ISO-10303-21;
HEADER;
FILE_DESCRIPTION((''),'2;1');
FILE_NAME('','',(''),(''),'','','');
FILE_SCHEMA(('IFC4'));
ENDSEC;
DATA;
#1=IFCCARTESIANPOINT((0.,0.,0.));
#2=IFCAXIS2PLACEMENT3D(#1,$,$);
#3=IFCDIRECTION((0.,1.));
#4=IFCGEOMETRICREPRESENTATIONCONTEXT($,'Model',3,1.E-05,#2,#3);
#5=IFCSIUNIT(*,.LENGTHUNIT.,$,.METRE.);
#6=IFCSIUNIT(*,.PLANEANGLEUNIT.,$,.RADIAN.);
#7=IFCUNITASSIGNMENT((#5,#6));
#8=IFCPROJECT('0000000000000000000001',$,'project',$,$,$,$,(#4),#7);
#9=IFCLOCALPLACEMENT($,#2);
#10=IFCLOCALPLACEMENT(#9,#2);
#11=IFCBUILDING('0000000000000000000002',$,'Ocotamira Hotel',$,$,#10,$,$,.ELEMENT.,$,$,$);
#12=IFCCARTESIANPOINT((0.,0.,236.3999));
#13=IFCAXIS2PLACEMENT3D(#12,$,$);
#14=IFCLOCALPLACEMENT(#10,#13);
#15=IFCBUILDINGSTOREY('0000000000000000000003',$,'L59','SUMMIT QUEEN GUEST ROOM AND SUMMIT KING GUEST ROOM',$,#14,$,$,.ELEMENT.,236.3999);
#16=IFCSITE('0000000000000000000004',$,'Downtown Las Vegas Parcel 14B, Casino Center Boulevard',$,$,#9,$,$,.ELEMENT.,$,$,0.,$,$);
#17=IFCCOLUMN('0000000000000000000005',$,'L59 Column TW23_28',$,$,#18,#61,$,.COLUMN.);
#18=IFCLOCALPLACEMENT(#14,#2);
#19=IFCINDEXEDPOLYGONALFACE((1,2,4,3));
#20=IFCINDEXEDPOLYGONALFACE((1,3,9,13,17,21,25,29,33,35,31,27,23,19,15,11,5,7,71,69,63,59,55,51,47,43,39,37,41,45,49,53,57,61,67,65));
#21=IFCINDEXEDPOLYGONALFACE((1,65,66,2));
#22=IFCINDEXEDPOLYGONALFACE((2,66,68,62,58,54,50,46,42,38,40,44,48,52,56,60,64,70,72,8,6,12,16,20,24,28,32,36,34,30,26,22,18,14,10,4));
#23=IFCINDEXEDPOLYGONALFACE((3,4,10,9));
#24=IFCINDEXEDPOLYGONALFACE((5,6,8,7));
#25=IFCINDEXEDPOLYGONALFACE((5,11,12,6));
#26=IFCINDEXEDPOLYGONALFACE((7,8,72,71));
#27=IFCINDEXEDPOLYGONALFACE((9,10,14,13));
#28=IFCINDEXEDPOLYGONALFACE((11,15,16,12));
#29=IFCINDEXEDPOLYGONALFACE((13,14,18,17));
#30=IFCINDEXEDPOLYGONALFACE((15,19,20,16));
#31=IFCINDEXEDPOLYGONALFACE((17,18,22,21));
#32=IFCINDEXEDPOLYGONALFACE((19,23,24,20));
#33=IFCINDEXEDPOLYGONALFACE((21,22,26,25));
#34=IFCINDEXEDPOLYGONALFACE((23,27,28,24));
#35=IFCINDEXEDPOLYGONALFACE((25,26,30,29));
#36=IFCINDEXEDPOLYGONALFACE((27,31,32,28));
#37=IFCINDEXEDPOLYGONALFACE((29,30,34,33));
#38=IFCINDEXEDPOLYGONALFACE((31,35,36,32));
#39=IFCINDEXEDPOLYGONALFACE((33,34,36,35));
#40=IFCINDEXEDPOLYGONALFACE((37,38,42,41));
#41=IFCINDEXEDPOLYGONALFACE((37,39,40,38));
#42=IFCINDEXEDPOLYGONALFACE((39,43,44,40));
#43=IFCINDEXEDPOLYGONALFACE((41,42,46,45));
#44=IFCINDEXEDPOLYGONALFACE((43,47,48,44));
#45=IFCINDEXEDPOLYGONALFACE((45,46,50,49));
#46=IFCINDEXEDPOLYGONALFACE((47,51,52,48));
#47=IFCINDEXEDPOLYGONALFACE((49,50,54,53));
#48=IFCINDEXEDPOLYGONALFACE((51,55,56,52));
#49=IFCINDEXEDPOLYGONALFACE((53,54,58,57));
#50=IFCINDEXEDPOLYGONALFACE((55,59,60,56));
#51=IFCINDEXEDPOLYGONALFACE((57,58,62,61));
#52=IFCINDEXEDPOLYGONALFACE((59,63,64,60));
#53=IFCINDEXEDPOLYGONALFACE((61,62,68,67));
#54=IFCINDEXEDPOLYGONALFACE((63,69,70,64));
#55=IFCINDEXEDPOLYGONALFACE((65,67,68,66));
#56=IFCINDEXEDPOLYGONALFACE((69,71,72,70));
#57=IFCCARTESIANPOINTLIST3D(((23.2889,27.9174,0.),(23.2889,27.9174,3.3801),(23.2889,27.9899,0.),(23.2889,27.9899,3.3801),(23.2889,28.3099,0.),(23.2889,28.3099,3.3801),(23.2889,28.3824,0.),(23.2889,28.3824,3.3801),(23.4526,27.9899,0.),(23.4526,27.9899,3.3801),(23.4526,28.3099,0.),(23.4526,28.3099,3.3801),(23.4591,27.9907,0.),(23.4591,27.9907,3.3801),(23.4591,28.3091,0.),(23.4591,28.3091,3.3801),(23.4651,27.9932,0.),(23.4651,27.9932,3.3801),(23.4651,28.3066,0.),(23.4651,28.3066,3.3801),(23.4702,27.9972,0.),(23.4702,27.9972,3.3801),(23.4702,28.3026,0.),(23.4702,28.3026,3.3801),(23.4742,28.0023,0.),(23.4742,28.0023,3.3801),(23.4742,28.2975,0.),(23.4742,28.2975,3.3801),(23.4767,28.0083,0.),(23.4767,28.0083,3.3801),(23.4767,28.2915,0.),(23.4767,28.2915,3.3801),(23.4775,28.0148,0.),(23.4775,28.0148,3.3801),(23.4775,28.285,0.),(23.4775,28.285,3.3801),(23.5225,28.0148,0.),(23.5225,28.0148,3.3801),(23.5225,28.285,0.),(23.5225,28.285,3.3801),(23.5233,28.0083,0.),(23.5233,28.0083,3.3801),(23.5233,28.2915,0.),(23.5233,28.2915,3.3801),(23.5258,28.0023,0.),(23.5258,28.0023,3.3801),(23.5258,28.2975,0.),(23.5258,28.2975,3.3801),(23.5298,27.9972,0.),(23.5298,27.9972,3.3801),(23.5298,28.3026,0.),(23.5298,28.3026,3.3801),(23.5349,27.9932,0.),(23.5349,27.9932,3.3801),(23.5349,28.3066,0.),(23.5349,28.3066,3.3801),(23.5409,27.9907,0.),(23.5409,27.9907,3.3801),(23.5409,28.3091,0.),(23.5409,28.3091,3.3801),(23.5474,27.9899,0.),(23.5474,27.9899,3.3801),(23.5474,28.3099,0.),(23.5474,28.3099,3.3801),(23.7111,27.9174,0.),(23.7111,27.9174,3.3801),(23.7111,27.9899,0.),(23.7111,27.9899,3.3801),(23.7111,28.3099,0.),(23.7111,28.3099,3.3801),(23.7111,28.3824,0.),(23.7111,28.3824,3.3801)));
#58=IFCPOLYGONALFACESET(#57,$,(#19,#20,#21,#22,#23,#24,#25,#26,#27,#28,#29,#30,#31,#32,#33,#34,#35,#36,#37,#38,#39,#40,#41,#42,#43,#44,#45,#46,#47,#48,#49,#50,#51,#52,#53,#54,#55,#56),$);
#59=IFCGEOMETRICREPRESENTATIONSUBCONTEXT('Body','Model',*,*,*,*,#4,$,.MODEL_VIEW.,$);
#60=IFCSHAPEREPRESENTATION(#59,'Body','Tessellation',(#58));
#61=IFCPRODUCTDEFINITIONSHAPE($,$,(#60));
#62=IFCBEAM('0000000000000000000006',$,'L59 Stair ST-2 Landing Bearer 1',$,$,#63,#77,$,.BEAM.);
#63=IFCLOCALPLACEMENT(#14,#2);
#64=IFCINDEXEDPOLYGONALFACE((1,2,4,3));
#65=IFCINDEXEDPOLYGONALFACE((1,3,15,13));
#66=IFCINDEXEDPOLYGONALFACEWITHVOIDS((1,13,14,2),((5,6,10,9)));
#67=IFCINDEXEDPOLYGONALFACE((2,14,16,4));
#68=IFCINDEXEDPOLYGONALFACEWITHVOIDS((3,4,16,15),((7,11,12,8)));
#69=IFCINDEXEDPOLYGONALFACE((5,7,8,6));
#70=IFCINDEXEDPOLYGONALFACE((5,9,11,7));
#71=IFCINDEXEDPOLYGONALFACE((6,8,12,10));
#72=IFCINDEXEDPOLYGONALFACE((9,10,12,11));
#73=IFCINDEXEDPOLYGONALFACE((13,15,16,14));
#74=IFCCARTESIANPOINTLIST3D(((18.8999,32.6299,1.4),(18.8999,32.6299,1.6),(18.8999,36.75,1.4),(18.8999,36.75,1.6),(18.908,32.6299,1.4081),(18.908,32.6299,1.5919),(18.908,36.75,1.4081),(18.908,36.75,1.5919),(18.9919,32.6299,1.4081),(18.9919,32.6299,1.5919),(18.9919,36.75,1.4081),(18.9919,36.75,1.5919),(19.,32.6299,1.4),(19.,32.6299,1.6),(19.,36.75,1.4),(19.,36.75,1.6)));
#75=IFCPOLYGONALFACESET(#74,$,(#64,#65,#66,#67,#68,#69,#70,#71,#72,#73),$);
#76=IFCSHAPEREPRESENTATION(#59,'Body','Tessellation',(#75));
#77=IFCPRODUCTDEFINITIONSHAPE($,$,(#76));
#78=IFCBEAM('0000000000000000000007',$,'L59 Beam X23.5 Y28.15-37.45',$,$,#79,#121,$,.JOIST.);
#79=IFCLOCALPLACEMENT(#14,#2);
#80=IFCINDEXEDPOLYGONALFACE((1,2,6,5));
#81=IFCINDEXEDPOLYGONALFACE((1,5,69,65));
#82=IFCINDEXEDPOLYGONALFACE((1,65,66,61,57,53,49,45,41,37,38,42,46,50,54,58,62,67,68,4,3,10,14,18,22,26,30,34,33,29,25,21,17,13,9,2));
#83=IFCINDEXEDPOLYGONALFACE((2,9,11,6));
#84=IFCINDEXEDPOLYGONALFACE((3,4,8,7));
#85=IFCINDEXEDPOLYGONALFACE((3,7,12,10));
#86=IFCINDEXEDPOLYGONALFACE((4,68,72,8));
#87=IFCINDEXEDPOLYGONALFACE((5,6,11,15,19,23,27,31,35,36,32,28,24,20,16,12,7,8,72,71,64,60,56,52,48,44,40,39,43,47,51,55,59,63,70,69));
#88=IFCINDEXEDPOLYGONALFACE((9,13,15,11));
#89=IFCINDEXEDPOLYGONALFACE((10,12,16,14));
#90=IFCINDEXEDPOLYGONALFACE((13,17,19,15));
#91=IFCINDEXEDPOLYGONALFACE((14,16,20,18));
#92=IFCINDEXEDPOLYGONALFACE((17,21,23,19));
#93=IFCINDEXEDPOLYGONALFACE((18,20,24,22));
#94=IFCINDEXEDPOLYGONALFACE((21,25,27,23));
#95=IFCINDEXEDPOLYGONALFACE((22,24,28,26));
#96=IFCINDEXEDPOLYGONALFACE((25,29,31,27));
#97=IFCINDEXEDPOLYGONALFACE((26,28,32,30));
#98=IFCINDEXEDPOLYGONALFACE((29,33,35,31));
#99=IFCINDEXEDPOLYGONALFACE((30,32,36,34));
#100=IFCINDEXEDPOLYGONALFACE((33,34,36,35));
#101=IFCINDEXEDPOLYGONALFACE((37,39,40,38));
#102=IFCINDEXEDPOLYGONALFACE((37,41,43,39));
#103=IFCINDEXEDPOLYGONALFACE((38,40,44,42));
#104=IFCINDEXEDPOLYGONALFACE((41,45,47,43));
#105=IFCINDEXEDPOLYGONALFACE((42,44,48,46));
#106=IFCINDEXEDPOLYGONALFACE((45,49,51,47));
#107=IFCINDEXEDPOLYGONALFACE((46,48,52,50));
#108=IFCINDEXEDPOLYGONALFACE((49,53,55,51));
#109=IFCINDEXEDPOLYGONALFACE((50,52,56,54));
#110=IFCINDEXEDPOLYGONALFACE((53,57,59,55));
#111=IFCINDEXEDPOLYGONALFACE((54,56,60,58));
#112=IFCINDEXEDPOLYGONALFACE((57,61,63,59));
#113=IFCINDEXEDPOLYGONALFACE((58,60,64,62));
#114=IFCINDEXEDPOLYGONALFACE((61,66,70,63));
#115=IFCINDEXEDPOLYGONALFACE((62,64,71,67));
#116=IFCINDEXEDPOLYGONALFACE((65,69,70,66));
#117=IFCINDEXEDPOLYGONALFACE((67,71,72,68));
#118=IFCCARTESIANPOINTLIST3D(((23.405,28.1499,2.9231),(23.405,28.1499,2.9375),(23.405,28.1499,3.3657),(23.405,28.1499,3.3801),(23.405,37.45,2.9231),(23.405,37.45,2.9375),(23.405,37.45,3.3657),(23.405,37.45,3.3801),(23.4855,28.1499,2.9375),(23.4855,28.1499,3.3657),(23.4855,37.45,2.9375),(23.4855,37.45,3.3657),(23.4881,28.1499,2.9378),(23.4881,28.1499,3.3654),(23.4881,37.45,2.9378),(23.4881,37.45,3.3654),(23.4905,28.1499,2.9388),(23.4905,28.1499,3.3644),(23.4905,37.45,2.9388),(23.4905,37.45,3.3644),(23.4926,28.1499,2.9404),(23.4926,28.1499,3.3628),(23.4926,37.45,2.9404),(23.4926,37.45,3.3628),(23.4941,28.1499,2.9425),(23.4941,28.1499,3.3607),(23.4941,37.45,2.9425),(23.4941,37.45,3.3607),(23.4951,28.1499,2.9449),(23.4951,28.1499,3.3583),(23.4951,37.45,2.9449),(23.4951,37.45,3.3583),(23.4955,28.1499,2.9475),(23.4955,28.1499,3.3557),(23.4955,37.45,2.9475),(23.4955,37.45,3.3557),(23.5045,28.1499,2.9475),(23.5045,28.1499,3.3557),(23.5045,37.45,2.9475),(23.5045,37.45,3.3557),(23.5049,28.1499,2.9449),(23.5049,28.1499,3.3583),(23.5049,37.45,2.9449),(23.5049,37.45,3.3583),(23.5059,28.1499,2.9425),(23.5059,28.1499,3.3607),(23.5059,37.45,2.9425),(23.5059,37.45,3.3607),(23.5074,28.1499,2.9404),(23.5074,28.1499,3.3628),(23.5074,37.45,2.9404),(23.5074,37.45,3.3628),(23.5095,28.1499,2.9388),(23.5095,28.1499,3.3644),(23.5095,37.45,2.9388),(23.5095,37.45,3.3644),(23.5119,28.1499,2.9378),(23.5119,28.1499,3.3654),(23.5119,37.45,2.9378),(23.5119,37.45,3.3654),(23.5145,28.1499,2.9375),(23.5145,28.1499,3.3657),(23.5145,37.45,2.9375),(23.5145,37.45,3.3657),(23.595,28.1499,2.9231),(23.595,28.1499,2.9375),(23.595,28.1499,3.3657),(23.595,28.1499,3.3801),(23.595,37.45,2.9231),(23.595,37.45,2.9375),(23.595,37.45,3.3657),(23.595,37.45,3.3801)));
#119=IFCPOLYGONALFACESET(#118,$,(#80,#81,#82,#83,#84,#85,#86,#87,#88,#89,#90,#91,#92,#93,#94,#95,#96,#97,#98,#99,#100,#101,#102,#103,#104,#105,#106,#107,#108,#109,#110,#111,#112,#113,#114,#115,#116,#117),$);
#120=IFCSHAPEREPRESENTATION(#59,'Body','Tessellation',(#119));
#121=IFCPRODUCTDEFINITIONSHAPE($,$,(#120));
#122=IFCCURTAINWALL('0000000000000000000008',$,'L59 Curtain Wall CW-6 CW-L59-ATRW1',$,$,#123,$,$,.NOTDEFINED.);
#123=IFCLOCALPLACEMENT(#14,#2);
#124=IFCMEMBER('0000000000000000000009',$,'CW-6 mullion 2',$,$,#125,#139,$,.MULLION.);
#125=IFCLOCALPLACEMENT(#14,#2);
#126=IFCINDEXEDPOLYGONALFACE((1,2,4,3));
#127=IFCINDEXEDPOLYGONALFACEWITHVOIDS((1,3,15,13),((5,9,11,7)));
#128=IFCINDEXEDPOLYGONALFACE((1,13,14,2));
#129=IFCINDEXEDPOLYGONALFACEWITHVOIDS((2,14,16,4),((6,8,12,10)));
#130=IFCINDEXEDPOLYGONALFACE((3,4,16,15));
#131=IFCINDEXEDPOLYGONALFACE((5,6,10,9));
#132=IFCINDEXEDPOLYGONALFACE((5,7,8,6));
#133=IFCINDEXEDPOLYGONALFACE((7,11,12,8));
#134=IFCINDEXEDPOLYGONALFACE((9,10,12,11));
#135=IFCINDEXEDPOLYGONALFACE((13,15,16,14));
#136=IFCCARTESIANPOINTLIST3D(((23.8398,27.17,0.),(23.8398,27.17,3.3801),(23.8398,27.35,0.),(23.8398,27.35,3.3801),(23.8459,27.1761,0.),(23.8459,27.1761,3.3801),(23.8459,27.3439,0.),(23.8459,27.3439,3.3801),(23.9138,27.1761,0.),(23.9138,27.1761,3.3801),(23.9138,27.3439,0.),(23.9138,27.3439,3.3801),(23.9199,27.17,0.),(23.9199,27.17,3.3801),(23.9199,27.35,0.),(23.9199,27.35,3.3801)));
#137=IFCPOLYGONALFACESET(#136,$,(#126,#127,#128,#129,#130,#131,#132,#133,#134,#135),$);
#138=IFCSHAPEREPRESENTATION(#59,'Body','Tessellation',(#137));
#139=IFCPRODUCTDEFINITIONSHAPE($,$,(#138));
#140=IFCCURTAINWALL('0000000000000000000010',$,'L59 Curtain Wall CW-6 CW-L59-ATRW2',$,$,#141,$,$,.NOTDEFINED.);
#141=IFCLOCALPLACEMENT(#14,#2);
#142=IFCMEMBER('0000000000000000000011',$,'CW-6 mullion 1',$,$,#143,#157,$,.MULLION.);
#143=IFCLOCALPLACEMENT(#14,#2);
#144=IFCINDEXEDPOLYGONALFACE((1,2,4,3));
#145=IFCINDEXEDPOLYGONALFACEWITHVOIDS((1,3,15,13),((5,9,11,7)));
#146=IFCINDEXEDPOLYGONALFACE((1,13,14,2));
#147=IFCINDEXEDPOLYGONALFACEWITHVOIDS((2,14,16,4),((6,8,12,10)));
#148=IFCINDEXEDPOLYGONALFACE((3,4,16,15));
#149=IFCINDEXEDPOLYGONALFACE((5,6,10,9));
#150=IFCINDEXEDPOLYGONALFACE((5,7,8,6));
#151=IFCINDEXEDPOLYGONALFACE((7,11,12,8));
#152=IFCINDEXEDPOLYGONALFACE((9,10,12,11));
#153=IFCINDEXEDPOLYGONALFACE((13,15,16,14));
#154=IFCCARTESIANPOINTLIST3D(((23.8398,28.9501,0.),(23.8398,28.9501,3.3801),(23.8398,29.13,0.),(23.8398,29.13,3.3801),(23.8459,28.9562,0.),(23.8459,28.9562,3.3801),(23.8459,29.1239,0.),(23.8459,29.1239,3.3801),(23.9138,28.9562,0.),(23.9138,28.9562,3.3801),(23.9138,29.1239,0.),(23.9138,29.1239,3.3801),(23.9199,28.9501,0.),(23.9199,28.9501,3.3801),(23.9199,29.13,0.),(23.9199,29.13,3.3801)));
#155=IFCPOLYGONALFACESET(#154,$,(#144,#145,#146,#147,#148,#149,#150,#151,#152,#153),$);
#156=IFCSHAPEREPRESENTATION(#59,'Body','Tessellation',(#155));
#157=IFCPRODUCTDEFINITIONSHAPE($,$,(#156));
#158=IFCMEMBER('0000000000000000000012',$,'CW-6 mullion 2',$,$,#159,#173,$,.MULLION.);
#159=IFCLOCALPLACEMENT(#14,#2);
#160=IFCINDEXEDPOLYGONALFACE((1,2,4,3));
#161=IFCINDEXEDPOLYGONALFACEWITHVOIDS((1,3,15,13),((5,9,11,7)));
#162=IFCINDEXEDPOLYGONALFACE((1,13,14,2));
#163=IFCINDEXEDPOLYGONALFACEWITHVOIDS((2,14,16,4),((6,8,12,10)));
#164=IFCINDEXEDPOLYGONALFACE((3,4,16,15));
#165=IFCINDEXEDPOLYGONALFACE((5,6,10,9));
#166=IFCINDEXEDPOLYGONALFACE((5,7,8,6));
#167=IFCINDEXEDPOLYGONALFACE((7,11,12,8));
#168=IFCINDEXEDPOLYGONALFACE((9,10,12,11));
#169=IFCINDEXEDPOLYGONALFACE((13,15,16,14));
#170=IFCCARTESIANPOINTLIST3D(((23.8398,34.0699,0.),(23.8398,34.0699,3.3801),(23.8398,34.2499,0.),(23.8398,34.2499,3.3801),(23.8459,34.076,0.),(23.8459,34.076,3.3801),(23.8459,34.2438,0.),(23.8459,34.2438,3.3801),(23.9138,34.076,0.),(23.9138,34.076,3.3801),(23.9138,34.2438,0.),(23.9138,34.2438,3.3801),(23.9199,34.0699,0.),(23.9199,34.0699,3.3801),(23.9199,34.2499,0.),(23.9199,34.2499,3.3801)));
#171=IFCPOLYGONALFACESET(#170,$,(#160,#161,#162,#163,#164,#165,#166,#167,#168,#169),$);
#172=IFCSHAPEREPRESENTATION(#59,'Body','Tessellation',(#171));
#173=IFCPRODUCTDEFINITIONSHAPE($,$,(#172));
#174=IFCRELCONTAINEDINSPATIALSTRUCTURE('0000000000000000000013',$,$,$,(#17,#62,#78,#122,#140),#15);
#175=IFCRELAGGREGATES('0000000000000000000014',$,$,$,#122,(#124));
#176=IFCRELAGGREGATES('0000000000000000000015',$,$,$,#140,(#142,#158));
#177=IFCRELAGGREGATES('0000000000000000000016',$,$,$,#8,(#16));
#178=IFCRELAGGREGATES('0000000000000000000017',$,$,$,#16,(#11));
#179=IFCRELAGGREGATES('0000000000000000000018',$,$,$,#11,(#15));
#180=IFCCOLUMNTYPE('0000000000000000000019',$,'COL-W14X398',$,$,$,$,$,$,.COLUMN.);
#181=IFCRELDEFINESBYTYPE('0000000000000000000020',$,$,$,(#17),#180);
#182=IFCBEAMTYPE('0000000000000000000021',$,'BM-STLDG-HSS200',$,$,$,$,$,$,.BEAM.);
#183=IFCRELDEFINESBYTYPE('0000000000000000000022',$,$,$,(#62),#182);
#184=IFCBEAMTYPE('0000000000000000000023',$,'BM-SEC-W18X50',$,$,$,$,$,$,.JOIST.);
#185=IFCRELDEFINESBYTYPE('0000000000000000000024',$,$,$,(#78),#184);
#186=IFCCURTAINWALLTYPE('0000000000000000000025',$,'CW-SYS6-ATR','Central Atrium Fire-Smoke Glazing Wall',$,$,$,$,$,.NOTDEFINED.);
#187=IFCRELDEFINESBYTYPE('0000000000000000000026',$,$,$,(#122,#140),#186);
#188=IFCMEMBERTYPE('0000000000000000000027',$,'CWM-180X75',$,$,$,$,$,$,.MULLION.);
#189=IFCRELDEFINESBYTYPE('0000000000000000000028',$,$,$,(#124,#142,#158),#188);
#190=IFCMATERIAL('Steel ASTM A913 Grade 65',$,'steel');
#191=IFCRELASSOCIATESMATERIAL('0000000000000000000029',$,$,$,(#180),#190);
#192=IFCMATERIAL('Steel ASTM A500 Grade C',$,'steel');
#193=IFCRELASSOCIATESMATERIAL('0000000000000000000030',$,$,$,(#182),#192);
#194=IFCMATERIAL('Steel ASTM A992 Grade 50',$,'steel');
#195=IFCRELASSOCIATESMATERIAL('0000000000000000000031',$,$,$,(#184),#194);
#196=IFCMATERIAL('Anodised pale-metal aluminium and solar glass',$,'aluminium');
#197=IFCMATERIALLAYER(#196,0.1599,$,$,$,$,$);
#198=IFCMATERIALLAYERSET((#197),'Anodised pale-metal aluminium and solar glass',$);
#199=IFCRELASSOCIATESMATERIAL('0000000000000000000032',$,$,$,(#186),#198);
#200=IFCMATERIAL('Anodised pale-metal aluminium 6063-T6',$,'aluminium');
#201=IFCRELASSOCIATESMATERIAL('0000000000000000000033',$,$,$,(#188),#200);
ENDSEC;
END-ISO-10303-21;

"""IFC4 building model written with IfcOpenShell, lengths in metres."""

from ifc_helpers import new_model, si_unit, direction, frame, origin, origin_2d, place, context, subcontext, project, spatial, hollow_rectangle, i_section, extrude, source, transform, mapped, material, layer, layer_set, material_profile, profile_set, type_object, element, aggregate, save


model = new_model("IFC4")

# Units and contexts
model_context = context("Model", 3, precision=1e-05, world=origin(), true_north=direction((0.0, 1.0)))
body_context = subcontext(model_context, "Body", "Model", "MODEL_VIEW")
ifc_project = project(units=[si_unit("LENGTHUNIT", "METRE"), si_unit("PLANEANGLEUNIT", "RADIAN")], contexts=[model_context])

# Site, building, storey
site_placement = place(None, origin())
site = spatial("IfcSite", under=ifc_project, at=site_placement, Name="Downtown Las Vegas Parcel 14B, Casino Center Boulevard", CompositionType="ELEMENT", RefElevation=0.0)
building_placement = place(site_placement, origin())
building = spatial("IfcBuilding", under=site, at=building_placement, Name="Ocotamira Hotel", CompositionType="ELEMENT")
storey_placement = place(building_placement, frame((0.0, 0.0, 236.3999)))
storey = spatial("IfcBuildingStorey", under=building, at=storey_placement, Name="L59", Description="SUMMIT QUEEN GUEST ROOM AND SUMMIT KING GUEST ROOM", CompositionType="ELEMENT", Elevation=236.3999)

# Column
ifc_material_1 = material(Name="Steel ASTM A913 Grade 65", Category="steel")
ifc_material_profile_1 = material_profile(ifc_material_1, i_section(OverallWidth=0.4221, OverallDepth=0.4651, WebThickness=0.0449, FlangeThickness=0.0725, FilletRadius=0.0249, at=origin_2d()), Name="W14X398")
ifc_profile_set_1 = profile_set([ifc_material_profile_1], Name="Steel ASTM A913 Grade 65")
column_type = type_object("IfcColumnType", Name="COL-W14X398", PredefinedType="COLUMN", material=ifc_profile_set_1)
shared_shape_1 = source(origin(), body_context, "Body", "SweptSolid", [
    extrude(i_section(OverallWidth=0.4221, OverallDepth=0.4651, WebThickness=0.0449, FlangeThickness=0.0725, FilletRadius=0.0249, at=origin_2d()), origin(), (0.0, 0.0, 1.0), 3.3801),
])
column_placement = place(storey_placement, frame((23.5, 28.1499, 0.0), z_axis=(0.0, 0.0, 1.0), x_axis=(1.0, 0.0, 0.0)))
element("IfcColumn", 1, at=column_placement, inside=storey, type_object=column_type, Name="L59 Column TW23_28", PredefinedType="COLUMN", context=body_context, shape_type="MappedRepresentation", body=[
    mapped(shared_shape_1, transform((0.0, 0.0, 0.0), scale=1.0)),
])

# Beams
ifc_material_2 = material(Name="Steel ASTM A500 Grade C", Category="steel")
ifc_material_profile_2 = material_profile(ifc_material_2, hollow_rectangle(XDim=0.1001, YDim=0.2, WallThickness=0.0081, at=origin_2d()), Name="HSS200X100X8")
ifc_profile_set_2 = profile_set([ifc_material_profile_2], Name="Steel ASTM A500 Grade C")
beam_type_1 = type_object("IfcBeamType", Name="BM-STLDG-HSS200", PredefinedType="BEAM", material=ifc_profile_set_2)
shared_shape_2 = source(origin(), body_context, "Body", "SweptSolid", [
    extrude(hollow_rectangle(XDim=0.1001, YDim=0.2, WallThickness=0.0081, at=origin_2d()), origin(), (0.0, 0.0, 1.0), 4.1201),
])
beam_1_placement = place(storey_placement, frame((18.95, 32.6299, 1.5), z_axis=(0.0, 1.0, 0.0), x_axis=(-1.0, 0.0, 0.0)))
element("IfcBeam", 2, at=beam_1_placement, inside=storey, type_object=beam_type_1, Name="L59 Stair ST-2 Landing Bearer 1", PredefinedType="BEAM", context=body_context, shape_type="MappedRepresentation", body=[
    mapped(shared_shape_2, transform((0.0, 0.0, 0.0), scale=1.0)),
])
ifc_material_3 = material(Name="Steel ASTM A992 Grade 50", Category="steel")
ifc_material_profile_3 = material_profile(ifc_material_3, i_section(OverallWidth=0.1899, OverallDepth=0.457, WebThickness=0.009, FlangeThickness=0.0144, FilletRadius=0.01, at=origin_2d()), Name="W18X50")
ifc_profile_set_3 = profile_set([ifc_material_profile_3], Name="Steel ASTM A992 Grade 50")
beam_type_2 = type_object("IfcBeamType", Name="BM-SEC-W18X50", PredefinedType="JOIST", material=ifc_profile_set_3)
shared_shape_3 = source(origin(), body_context, "Body", "SweptSolid", [
    extrude(i_section(OverallWidth=0.1899, OverallDepth=0.457, WebThickness=0.009, FlangeThickness=0.0144, FilletRadius=0.01, at=origin_2d()), origin(), (0.0, 0.0, 1.0), 9.3),
])
beam_2_placement = place(storey_placement, frame((23.5, 28.1499, 3.1516), z_axis=(0.0, 1.0, 0.0), x_axis=(-1.0, 0.0, 0.0)))
element("IfcBeam", 3, at=beam_2_placement, inside=storey, type_object=beam_type_2, Name="L59 Beam X23.5 Y28.15-37.45", PredefinedType="JOIST", context=body_context, shape_type="MappedRepresentation", body=[
    mapped(shared_shape_3, transform((0.0, 0.0, 0.0), scale=1.0)),
])

# Curtain wall, member
ifc_material_4 = material(Name="Anodised pale-metal aluminium and solar glass", Category="aluminium")
ifc_layer_1 = layer(ifc_material_4, 0.1599)
ifc_layer_set_1 = layer_set([ifc_layer_1], Name="Anodised pale-metal aluminium and solar glass")
curtain_wall_type = type_object("IfcCurtainWallType", Name="CW-SYS6-ATR", Description="Central Atrium Fire-Smoke Glazing Wall", PredefinedType="NOTDEFINED", material=ifc_layer_set_1)
curtain_wall_1_placement = place(storey_placement, origin())
curtain_wall_1 = element("IfcCurtainWall", 4, at=curtain_wall_1_placement, inside=storey, type_object=curtain_wall_type, Name="L59 Curtain Wall CW-6 CW-L59-ATRW1", PredefinedType="NOTDEFINED")
ifc_material_5 = material(Name="Anodised pale-metal aluminium 6063-T6", Category="aluminium")
ifc_material_profile_4 = material_profile(ifc_material_5, hollow_rectangle(XDim=0.0801, YDim=0.1799, WallThickness=0.0061, at=origin_2d()), Name="HSS180X80X6")
ifc_profile_set_4 = profile_set([ifc_material_profile_4], Name="Anodised pale-metal aluminium 6063-T6")
member_type_1 = type_object("IfcMemberType", Name="CWM-180X75", PredefinedType="MULLION", material=ifc_profile_set_4)
shared_shape_4 = source(origin(), body_context, "Body", "SweptSolid", [
    extrude(hollow_rectangle(XDim=0.0801, YDim=0.1799, WallThickness=0.0061, at=origin_2d()), origin(), (0.0, 0.0, 1.0), 3.3801),
])
member_1_placement = place(storey_placement, frame((23.8799, 27.26, 0.0), z_axis=(0.0, 0.0, 1.0), x_axis=(-1.0, 0.0, 0.0)))
member_1 = element("IfcMember", 5, at=member_1_placement, type_object=member_type_1, Name="CW-6 mullion 2", PredefinedType="MULLION", context=body_context, shape_type="MappedRepresentation", body=[
    mapped(shared_shape_4, transform((0.0, 0.0, 0.0), scale=1.0)),
])
aggregate(curtain_wall_1, [member_1])

# Curtain wall, members
curtain_wall_2_placement = place(storey_placement, origin())
curtain_wall_2 = element("IfcCurtainWall", 6, at=curtain_wall_2_placement, inside=storey, type_object=curtain_wall_type, Name="L59 Curtain Wall CW-6 CW-L59-ATRW2", PredefinedType="NOTDEFINED")
member_2_placement = place(storey_placement, frame((23.8799, 29.04, 0.0), z_axis=(0.0, 0.0, 1.0), x_axis=(-1.0, 0.0, 0.0)))
member_2 = element("IfcMember", 7, at=member_2_placement, type_object=member_type_1, Name="CW-6 mullion 1", PredefinedType="MULLION", context=body_context, shape_type="MappedRepresentation", body=[
    mapped(shared_shape_4, transform((0.0, 0.0, 0.0), scale=1.0)),
])
member_3_placement = place(storey_placement, frame((23.8799, 34.1599, 0.0), z_axis=(0.0, 0.0, 1.0), x_axis=(-1.0, 0.0, 0.0)))
member_3 = element("IfcMember", 8, at=member_3_placement, type_object=member_type_1, Name="CW-6 mullion 2", PredefinedType="MULLION", context=body_context, shape_type="MappedRepresentation", body=[
    mapped(shared_shape_4, transform((0.0, 0.0, 0.0), scale=1.0)),
])
aggregate(curtain_wall_2, [member_2, member_3])

save(model, "model.ifc")
